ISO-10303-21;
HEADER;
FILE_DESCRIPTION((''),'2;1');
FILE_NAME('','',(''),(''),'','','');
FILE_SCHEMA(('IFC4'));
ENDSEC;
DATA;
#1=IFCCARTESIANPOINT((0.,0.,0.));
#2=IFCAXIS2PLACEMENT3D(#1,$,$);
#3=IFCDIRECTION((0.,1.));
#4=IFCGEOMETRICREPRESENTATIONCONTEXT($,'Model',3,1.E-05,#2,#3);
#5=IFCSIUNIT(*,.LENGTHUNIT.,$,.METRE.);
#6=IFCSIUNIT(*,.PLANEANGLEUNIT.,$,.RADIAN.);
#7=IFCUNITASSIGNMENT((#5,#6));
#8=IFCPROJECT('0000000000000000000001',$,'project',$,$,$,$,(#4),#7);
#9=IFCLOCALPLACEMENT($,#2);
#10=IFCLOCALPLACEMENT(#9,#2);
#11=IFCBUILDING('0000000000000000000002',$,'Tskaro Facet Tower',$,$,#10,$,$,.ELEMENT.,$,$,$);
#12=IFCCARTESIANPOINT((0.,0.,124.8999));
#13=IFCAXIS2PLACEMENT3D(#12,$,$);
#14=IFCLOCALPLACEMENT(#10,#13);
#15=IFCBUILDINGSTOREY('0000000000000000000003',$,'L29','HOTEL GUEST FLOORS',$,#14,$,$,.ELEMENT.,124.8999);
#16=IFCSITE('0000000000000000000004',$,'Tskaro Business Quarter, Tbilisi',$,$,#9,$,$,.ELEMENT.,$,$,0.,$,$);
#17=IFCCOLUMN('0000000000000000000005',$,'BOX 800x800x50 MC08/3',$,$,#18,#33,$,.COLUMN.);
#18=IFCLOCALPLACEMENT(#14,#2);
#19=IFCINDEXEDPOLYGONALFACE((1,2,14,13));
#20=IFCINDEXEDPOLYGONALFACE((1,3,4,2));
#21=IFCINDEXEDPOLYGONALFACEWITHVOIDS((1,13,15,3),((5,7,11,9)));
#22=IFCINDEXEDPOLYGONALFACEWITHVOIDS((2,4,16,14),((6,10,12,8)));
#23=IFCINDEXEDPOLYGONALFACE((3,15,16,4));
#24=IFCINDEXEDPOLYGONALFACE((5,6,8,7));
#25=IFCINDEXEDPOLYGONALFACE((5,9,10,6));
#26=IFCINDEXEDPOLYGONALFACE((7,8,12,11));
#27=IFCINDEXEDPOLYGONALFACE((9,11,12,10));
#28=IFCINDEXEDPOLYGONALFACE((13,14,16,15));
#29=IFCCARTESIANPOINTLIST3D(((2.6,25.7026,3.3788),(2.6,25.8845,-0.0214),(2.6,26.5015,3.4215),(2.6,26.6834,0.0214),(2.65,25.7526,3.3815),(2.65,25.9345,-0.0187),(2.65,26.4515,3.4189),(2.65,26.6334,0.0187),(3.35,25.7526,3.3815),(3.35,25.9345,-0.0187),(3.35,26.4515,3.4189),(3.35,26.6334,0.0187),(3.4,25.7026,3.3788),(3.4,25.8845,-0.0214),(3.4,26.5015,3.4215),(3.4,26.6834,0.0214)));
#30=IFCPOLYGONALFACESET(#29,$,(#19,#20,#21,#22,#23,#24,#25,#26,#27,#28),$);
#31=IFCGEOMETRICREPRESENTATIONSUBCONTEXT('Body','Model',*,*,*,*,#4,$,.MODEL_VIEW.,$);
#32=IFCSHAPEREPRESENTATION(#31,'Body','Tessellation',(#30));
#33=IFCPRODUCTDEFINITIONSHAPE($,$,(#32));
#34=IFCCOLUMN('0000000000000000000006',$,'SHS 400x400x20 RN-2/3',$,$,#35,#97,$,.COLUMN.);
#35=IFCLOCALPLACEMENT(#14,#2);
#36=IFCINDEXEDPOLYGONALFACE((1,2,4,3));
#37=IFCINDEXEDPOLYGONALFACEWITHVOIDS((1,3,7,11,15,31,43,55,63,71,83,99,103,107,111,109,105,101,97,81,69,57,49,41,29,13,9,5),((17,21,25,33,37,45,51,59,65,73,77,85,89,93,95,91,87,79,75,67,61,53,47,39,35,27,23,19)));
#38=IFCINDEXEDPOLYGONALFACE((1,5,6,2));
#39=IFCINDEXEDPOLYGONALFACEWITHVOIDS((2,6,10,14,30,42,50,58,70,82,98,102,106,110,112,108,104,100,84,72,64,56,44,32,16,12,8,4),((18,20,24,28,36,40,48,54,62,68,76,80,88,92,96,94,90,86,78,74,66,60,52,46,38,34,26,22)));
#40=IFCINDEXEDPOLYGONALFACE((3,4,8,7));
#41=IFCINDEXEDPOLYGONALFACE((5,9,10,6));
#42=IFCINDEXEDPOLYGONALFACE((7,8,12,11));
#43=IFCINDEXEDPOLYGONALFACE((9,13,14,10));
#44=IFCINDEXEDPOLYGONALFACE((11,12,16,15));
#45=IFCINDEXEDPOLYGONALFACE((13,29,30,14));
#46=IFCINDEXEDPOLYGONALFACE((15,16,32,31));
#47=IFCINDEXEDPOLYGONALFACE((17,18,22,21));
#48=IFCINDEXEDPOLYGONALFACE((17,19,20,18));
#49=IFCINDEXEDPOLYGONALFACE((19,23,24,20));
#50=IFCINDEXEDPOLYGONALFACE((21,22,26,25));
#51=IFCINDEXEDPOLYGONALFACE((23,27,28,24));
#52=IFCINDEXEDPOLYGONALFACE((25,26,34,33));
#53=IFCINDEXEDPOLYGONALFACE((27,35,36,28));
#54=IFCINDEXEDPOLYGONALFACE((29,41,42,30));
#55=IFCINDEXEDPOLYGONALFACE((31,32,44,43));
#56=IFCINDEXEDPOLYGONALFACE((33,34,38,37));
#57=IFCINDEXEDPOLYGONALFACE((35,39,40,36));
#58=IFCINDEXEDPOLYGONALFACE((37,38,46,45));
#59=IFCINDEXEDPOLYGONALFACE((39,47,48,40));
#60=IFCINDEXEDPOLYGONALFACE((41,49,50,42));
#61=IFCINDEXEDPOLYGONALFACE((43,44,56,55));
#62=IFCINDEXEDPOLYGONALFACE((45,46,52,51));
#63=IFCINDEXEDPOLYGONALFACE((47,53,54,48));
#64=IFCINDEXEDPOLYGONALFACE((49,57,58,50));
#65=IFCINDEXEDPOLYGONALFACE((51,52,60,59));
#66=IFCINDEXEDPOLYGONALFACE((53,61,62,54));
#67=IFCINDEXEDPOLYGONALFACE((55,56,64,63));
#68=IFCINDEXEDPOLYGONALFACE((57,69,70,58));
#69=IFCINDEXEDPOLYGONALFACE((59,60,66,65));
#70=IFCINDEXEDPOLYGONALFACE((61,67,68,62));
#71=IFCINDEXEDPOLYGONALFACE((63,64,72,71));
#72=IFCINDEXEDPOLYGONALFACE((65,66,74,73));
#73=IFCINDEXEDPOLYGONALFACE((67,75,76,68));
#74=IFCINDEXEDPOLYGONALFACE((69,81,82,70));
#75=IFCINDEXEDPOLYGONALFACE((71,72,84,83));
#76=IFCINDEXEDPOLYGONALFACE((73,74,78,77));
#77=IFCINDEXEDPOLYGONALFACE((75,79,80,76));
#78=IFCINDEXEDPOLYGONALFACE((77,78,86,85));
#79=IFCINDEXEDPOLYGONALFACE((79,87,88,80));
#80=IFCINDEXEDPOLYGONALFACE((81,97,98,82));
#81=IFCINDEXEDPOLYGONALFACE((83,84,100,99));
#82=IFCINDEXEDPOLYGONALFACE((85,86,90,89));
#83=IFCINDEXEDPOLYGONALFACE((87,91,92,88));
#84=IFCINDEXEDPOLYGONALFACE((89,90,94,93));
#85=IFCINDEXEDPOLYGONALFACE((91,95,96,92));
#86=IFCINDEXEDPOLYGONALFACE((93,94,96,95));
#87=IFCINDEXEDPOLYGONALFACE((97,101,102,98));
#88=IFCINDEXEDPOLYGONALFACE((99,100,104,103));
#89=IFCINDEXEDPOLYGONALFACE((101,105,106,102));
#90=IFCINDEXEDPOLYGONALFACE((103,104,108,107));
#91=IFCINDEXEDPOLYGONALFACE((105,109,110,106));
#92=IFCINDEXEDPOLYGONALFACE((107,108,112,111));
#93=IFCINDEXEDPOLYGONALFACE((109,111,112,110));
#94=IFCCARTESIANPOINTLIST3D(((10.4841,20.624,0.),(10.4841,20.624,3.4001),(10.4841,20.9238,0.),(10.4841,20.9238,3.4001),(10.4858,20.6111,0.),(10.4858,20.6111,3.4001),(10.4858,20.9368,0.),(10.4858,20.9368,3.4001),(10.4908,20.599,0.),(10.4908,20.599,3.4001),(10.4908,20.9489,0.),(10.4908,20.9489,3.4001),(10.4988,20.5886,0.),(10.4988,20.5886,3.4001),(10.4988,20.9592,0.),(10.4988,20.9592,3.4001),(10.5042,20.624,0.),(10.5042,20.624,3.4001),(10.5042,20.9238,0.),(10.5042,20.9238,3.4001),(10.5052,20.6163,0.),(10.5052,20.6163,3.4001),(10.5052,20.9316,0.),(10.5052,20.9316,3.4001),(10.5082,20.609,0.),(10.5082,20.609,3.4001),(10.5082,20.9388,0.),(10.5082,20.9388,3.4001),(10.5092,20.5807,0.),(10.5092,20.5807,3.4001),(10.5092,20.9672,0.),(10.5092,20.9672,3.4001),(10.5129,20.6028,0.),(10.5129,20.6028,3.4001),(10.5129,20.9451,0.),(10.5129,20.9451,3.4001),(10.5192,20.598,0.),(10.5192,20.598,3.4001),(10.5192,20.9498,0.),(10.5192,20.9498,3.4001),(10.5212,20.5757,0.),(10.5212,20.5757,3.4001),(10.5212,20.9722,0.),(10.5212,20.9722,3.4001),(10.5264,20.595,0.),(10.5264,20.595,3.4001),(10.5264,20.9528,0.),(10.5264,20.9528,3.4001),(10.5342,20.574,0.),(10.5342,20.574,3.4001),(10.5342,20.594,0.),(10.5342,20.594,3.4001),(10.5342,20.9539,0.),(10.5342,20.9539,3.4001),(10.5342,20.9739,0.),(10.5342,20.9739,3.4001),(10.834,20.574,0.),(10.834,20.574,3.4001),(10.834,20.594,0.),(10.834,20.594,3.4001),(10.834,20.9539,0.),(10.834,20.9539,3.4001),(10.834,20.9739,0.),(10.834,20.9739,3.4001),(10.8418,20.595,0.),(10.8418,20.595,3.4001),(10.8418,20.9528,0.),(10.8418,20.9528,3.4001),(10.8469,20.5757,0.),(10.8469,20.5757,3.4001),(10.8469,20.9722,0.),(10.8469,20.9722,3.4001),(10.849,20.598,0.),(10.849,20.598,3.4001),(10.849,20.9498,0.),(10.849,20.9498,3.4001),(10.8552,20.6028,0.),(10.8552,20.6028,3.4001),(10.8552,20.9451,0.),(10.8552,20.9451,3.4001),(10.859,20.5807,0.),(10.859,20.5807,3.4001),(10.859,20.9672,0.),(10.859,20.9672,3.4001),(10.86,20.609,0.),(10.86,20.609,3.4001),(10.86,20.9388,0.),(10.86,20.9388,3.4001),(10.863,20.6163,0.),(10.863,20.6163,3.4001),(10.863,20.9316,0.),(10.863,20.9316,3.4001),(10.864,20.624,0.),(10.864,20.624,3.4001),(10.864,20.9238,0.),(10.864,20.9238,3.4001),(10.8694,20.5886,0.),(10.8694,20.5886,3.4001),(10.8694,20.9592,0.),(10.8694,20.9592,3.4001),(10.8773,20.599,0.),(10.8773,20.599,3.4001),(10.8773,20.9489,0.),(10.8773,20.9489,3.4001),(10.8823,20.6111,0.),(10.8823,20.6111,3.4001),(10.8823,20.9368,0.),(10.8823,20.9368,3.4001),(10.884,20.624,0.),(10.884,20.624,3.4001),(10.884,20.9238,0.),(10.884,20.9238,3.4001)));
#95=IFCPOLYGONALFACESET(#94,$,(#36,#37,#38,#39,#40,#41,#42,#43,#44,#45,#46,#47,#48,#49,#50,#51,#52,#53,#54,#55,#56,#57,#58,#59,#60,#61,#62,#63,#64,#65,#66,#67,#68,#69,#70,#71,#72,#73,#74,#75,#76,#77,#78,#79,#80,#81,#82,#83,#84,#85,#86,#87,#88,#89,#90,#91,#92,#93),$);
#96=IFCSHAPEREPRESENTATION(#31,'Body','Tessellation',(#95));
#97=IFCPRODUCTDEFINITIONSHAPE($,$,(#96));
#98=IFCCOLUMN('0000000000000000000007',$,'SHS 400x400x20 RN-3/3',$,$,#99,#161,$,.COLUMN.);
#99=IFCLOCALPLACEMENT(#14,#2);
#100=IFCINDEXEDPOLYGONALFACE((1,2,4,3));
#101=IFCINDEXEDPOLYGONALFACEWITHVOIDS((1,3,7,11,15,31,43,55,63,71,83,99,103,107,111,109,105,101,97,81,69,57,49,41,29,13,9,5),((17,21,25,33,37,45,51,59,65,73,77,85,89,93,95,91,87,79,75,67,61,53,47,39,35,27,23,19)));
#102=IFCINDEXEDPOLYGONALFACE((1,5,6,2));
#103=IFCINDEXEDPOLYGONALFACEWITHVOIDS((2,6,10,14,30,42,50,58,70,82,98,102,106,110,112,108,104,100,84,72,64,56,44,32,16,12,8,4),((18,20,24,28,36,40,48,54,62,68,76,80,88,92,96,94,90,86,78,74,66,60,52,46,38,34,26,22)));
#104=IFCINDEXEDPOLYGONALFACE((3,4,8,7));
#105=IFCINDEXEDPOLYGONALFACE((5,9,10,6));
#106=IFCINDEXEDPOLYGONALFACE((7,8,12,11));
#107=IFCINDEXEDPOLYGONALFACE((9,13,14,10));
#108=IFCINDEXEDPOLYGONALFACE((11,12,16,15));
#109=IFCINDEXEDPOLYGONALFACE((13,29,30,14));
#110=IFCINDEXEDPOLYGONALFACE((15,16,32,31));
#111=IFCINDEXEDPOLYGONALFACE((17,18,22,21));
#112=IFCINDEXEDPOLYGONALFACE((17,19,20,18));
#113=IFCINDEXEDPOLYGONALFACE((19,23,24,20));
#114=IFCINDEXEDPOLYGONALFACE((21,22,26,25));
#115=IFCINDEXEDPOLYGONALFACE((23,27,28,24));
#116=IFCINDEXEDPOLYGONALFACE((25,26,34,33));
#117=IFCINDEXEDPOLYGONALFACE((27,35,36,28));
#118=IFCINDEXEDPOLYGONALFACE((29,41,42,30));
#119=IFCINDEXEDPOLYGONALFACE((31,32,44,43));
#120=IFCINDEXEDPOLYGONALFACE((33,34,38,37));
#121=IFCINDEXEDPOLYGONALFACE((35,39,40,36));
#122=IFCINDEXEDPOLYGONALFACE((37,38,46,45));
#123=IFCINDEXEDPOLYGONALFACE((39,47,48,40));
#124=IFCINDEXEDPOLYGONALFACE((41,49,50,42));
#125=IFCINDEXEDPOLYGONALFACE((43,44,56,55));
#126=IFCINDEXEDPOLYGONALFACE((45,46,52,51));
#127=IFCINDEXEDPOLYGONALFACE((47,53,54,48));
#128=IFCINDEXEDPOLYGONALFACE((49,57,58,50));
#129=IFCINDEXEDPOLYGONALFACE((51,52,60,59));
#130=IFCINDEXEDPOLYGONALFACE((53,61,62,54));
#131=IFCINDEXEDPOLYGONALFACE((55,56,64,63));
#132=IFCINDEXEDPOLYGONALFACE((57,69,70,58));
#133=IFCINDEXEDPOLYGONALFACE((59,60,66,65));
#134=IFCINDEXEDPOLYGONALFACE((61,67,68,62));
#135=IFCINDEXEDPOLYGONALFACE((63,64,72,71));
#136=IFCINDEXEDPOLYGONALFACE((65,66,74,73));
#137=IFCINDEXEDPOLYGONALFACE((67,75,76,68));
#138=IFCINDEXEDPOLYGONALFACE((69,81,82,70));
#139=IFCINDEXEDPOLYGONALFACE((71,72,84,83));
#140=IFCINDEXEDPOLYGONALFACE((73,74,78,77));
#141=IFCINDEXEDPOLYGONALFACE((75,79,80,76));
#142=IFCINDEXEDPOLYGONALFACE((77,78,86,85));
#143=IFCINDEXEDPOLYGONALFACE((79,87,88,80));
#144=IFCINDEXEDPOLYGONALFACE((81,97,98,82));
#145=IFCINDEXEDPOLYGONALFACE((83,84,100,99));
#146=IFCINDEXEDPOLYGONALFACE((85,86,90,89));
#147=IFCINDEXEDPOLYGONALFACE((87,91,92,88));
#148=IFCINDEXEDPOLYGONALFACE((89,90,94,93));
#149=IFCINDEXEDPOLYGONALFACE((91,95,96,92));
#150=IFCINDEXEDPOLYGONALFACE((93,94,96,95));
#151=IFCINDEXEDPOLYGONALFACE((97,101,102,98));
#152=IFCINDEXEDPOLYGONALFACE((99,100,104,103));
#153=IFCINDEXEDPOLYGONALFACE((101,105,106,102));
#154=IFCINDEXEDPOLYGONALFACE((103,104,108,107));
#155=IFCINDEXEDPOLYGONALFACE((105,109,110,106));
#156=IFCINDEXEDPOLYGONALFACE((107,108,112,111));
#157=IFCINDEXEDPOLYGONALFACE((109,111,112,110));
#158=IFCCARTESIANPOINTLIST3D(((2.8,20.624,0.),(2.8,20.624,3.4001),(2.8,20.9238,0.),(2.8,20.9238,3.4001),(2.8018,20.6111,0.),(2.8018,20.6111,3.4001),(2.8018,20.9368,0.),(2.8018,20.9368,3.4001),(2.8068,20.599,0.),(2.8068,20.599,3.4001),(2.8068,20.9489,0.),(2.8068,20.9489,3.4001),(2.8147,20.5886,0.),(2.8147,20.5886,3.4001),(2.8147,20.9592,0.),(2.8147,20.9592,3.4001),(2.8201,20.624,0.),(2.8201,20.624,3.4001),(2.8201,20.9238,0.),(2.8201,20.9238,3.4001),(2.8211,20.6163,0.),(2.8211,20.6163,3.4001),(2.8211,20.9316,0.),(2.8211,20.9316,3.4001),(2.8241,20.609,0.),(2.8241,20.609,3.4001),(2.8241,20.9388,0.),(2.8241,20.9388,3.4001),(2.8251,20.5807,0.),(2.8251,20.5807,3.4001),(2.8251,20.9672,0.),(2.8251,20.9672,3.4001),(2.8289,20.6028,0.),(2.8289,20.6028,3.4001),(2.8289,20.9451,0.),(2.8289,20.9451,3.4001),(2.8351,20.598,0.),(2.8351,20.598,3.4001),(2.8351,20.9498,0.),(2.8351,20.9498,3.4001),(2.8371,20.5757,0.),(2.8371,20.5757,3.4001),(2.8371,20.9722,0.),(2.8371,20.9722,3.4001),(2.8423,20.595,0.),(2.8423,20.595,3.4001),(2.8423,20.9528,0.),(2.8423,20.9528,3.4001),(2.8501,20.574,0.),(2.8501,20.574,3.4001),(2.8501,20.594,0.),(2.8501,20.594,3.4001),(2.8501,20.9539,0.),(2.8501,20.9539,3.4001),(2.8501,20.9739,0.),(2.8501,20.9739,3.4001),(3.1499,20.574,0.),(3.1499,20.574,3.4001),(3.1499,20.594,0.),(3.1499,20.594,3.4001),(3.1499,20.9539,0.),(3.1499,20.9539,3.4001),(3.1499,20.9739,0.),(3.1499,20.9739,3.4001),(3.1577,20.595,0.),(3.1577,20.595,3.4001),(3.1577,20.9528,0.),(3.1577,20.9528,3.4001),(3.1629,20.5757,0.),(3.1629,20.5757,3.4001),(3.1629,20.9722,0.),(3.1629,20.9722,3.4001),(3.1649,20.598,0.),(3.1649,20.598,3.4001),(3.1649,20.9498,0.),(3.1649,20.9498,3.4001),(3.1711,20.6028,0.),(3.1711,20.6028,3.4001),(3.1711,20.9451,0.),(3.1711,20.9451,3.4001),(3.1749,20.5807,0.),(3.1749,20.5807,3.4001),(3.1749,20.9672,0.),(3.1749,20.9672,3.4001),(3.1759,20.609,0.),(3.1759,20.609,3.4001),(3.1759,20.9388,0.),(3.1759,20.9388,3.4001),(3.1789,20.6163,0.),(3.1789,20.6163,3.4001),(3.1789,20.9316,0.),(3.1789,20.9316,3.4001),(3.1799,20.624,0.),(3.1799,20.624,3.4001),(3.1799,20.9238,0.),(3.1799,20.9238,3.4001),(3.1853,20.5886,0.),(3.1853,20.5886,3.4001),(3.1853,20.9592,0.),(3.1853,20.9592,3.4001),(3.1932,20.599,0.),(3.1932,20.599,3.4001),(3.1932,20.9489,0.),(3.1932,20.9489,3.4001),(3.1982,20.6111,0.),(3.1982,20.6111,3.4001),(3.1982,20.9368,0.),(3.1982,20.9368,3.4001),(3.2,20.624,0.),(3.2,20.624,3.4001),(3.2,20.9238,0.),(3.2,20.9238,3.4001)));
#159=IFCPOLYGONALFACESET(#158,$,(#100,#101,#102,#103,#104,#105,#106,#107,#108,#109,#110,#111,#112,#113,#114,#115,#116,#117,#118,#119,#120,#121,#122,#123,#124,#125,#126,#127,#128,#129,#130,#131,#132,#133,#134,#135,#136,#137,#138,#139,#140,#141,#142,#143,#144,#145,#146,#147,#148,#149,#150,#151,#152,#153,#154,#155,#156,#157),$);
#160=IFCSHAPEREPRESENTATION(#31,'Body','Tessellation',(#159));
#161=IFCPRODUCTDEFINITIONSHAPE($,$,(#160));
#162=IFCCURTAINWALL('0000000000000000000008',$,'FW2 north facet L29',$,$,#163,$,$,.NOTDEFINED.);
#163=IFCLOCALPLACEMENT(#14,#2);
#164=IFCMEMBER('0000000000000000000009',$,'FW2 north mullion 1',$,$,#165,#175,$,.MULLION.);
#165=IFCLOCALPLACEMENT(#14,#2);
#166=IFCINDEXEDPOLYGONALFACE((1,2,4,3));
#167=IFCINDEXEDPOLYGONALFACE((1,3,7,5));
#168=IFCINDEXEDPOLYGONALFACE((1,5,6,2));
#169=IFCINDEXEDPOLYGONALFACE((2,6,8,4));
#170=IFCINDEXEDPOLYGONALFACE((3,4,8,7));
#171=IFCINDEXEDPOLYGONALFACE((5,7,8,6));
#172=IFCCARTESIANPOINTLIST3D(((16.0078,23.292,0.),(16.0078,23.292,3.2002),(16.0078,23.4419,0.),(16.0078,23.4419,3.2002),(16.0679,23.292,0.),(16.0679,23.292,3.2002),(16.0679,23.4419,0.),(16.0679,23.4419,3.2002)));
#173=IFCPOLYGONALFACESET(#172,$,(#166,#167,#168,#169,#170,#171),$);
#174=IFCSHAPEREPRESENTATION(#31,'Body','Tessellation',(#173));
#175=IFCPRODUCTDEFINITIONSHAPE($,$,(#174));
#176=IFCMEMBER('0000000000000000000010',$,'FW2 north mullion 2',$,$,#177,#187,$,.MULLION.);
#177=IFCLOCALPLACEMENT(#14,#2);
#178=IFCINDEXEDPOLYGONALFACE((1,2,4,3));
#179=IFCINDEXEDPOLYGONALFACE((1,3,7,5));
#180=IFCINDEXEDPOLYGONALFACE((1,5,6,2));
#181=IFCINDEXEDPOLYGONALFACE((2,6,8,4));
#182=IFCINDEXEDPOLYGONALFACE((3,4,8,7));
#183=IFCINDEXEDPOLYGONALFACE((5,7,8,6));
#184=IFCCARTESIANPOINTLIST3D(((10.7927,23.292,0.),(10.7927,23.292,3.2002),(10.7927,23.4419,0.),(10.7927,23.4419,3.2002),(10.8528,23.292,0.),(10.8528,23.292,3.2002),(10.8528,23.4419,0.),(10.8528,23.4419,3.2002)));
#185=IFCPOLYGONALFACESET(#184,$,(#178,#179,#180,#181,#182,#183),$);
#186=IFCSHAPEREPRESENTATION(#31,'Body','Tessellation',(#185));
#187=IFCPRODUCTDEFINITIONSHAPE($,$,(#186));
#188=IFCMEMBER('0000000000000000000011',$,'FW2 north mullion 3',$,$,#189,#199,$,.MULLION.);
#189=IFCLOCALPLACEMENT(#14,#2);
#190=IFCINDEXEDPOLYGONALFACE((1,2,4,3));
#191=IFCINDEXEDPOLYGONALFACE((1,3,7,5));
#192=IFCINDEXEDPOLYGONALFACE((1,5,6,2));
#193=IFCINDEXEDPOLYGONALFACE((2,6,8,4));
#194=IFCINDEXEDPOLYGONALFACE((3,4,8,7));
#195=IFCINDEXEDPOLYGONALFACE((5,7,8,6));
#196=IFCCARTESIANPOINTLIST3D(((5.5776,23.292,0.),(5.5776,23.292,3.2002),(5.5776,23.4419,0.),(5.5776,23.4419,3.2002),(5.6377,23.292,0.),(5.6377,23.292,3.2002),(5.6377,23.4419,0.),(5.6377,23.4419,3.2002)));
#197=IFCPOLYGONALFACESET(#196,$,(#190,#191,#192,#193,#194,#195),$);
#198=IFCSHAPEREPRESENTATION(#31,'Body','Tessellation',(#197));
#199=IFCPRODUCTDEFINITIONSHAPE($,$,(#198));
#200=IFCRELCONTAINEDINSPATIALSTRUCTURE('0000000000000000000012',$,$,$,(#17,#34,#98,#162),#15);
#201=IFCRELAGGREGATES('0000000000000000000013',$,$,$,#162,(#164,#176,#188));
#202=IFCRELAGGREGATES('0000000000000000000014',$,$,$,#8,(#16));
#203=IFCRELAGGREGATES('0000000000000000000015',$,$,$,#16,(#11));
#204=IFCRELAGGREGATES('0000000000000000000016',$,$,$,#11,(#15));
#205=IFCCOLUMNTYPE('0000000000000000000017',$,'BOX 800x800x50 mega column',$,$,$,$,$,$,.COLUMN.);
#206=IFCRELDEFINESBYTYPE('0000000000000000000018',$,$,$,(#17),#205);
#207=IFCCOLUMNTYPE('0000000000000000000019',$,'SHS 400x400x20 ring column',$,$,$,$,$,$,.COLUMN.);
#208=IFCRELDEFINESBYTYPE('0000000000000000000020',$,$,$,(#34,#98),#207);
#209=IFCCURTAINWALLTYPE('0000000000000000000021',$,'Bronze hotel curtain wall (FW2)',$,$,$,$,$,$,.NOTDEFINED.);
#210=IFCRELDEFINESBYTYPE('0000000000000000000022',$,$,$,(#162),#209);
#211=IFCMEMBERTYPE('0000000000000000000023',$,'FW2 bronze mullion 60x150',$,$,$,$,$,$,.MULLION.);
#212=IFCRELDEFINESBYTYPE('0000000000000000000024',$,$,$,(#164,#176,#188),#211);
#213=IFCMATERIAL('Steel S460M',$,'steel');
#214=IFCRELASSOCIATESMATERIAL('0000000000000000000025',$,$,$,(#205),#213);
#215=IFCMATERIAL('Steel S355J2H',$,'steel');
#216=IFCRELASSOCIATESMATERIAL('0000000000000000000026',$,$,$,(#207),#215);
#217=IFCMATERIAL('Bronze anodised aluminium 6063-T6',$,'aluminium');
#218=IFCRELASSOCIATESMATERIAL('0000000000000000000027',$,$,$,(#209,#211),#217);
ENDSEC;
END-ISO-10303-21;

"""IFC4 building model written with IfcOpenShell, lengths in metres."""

from ifc_helpers import new_model, si_unit, direction, frame, origin, origin_2d, place, context, subcontext, project, spatial, rectangle, hollow_rectangle, extrude, material, material_profile, profile_set, type_object, element, aggregate, save


model = new_model("IFC4")

# Units and contexts
model_context = context("Model", 3, precision=1e-05, world=origin(), true_north=direction((0.0, 1.0)))
body_context = subcontext(model_context, "Body", "Model", "MODEL_VIEW")
ifc_project = project(units=[si_unit("LENGTHUNIT", "METRE"), si_unit("PLANEANGLEUNIT", "RADIAN")], contexts=[model_context])

# Site, building, storey
site_placement = place(None, origin())
site = spatial("IfcSite", under=ifc_project, at=site_placement, Name="Tskaro Business Quarter, Tbilisi", CompositionType="ELEMENT", RefElevation=0.0)
building_placement = place(site_placement, origin())
building = spatial("IfcBuilding", under=site, at=building_placement, Name="Tskaro Facet Tower", CompositionType="ELEMENT")
storey_placement = place(building_placement, frame((0.0, 0.0, 124.8999)))
storey = spatial("IfcBuildingStorey", under=building, at=storey_placement, Name="L29", Description="HOTEL GUEST FLOORS", CompositionType="ELEMENT", Elevation=124.8999)

# Columns
ifc_material_1 = material(Name="Steel S460M", Category="steel")
ifc_material_profile_1 = material_profile(ifc_material_1, hollow_rectangle(XDim=0.8, YDim=0.8, WallThickness=0.05, at=origin_2d()), Name="BOX 800x800x50")
ifc_profile_set_1 = profile_set([ifc_material_profile_1], Name="Steel S460M")
column_type_1 = type_object("IfcColumnType", Name="BOX 800x800x50 mega column", PredefinedType="COLUMN", material=ifc_profile_set_1)
column_placement = place(storey_placement, frame((3.0, 26.2839, 0.0), z_axis=(0.0, -0.053417, 0.998572), x_axis=(1.0, 0.0, 0.0)))
element("IfcColumn", 1, at=column_placement, inside=storey, type_object=column_type_1, Name="BOX 800x800x50 MC08/3", PredefinedType="COLUMN", context=body_context, shape_type="SweptSolid", body=[
    extrude(hollow_rectangle(XDim=0.8, YDim=0.8, WallThickness=0.05, at=origin_2d()), origin(), (0.0, 0.0, 1.0), 3.405),
])
ifc_material_2 = material(Name="Steel S355J2H", Category="steel")
ifc_material_profile_2 = material_profile(ifc_material_2, hollow_rectangle(XDim=0.3999, YDim=0.3999, WallThickness=0.02, InnerFilletRadius=0.03, OuterFilletRadius=0.05, at=origin_2d()), Name="SHS 400x400x20")
ifc_profile_set_2 = profile_set([ifc_material_profile_2], Name="Steel S355J2H")
column_type_2 = type_object("IfcColumnType", Name="SHS 400x400x20 ring column", PredefinedType="COLUMN", material=ifc_profile_set_2)
for number, where, z_axis, x_axis, name in (
    (2, (10.6841, 20.7739, 0.0), (0.0, 0.0, 1.0), (1.0, 0.0, 0.0), "SHS 400x400x20 RN-2/3"),
    (3, (3.0, 20.7739, 0.0), (0.0, 0.0, 1.0), (1.0, 0.0, 0.0), "SHS 400x400x20 RN-3/3"),
):
    element("IfcColumn", number, at=place(storey_placement, frame(where, z_axis=z_axis, x_axis=x_axis)), inside=storey, type_object=column_type_2, Name=name, PredefinedType="COLUMN", context=body_context, shape_type="SweptSolid", body=[
        extrude(hollow_rectangle(XDim=0.3999, YDim=0.3999, WallThickness=0.02, InnerFilletRadius=0.03, OuterFilletRadius=0.05, at=origin_2d()), origin(), (0.0, 0.0, 1.0), 3.4001),
    ])

# Curtain wall, members
ifc_material_3 = material(Name="Bronze anodised aluminium 6063-T6", Category="aluminium")
curtain_wall_type = type_object("IfcCurtainWallType", Name="Bronze hotel curtain wall (FW2)", PredefinedType="NOTDEFINED", material=ifc_material_3)
curtain_wall_placement = place(storey_placement, origin())
curtain_wall = element("IfcCurtainWall", 4, at=curtain_wall_placement, inside=storey, type_object=curtain_wall_type, Name="FW2 north facet L29", PredefinedType="NOTDEFINED")
ifc_material_profile_3 = material_profile(ifc_material_3, rectangle(XDim=0.0601, YDim=0.1499, at=origin_2d()), Name="Mullion 60x150")
ifc_profile_set_3 = profile_set([ifc_material_profile_3], Name="Bronze anodised aluminium 6063-T6")
member_type_1 = type_object("IfcMemberType", Name="FW2 bronze mullion 60x150", PredefinedType="MULLION", material=ifc_profile_set_3)
member_1_placement = place(storey_placement, frame((16.0378, 23.3669, 0.0), z_axis=(0.0, 0.0, 1.0), x_axis=(-1.0, 0.0, 0.0)))
member_1 = element("IfcMember", 5, at=member_1_placement, type_object=member_type_1, Name="FW2 north mullion 1", PredefinedType="MULLION", context=body_context, shape_type="SweptSolid", body=[
    extrude(rectangle(XDim=0.0601, YDim=0.1499, at=origin_2d()), origin(), (0.0, 0.0, 1.0), 3.2002),
])
member_2_placement = place(storey_placement, frame((10.8228, 23.3669, 0.0), z_axis=(0.0, 0.0, 1.0), x_axis=(-1.0, 0.0, 0.0)))
member_2 = element("IfcMember", 6, at=member_2_placement, type_object=member_type_1, Name="FW2 north mullion 2", PredefinedType="MULLION", context=body_context, shape_type="SweptSolid", body=[
    extrude(rectangle(XDim=0.0601, YDim=0.1499, at=origin_2d()), origin(), (0.0, 0.0, 1.0), 3.2002),
])
member_3_placement = place(storey_placement, frame((5.6077, 23.3669, 0.0), z_axis=(0.0, 0.0, 1.0), x_axis=(-1.0, 0.0, 0.0)))
member_3 = element("IfcMember", 7, at=member_3_placement, type_object=member_type_1, Name="FW2 north mullion 3", PredefinedType="MULLION", context=body_context, shape_type="SweptSolid", body=[
    extrude(rectangle(XDim=0.0601, YDim=0.1499, at=origin_2d()), origin(), (0.0, 0.0, 1.0), 3.2002),
])

aggregate(curtain_wall, [member_1, member_2, member_3])

save(model, "model.ifc")
